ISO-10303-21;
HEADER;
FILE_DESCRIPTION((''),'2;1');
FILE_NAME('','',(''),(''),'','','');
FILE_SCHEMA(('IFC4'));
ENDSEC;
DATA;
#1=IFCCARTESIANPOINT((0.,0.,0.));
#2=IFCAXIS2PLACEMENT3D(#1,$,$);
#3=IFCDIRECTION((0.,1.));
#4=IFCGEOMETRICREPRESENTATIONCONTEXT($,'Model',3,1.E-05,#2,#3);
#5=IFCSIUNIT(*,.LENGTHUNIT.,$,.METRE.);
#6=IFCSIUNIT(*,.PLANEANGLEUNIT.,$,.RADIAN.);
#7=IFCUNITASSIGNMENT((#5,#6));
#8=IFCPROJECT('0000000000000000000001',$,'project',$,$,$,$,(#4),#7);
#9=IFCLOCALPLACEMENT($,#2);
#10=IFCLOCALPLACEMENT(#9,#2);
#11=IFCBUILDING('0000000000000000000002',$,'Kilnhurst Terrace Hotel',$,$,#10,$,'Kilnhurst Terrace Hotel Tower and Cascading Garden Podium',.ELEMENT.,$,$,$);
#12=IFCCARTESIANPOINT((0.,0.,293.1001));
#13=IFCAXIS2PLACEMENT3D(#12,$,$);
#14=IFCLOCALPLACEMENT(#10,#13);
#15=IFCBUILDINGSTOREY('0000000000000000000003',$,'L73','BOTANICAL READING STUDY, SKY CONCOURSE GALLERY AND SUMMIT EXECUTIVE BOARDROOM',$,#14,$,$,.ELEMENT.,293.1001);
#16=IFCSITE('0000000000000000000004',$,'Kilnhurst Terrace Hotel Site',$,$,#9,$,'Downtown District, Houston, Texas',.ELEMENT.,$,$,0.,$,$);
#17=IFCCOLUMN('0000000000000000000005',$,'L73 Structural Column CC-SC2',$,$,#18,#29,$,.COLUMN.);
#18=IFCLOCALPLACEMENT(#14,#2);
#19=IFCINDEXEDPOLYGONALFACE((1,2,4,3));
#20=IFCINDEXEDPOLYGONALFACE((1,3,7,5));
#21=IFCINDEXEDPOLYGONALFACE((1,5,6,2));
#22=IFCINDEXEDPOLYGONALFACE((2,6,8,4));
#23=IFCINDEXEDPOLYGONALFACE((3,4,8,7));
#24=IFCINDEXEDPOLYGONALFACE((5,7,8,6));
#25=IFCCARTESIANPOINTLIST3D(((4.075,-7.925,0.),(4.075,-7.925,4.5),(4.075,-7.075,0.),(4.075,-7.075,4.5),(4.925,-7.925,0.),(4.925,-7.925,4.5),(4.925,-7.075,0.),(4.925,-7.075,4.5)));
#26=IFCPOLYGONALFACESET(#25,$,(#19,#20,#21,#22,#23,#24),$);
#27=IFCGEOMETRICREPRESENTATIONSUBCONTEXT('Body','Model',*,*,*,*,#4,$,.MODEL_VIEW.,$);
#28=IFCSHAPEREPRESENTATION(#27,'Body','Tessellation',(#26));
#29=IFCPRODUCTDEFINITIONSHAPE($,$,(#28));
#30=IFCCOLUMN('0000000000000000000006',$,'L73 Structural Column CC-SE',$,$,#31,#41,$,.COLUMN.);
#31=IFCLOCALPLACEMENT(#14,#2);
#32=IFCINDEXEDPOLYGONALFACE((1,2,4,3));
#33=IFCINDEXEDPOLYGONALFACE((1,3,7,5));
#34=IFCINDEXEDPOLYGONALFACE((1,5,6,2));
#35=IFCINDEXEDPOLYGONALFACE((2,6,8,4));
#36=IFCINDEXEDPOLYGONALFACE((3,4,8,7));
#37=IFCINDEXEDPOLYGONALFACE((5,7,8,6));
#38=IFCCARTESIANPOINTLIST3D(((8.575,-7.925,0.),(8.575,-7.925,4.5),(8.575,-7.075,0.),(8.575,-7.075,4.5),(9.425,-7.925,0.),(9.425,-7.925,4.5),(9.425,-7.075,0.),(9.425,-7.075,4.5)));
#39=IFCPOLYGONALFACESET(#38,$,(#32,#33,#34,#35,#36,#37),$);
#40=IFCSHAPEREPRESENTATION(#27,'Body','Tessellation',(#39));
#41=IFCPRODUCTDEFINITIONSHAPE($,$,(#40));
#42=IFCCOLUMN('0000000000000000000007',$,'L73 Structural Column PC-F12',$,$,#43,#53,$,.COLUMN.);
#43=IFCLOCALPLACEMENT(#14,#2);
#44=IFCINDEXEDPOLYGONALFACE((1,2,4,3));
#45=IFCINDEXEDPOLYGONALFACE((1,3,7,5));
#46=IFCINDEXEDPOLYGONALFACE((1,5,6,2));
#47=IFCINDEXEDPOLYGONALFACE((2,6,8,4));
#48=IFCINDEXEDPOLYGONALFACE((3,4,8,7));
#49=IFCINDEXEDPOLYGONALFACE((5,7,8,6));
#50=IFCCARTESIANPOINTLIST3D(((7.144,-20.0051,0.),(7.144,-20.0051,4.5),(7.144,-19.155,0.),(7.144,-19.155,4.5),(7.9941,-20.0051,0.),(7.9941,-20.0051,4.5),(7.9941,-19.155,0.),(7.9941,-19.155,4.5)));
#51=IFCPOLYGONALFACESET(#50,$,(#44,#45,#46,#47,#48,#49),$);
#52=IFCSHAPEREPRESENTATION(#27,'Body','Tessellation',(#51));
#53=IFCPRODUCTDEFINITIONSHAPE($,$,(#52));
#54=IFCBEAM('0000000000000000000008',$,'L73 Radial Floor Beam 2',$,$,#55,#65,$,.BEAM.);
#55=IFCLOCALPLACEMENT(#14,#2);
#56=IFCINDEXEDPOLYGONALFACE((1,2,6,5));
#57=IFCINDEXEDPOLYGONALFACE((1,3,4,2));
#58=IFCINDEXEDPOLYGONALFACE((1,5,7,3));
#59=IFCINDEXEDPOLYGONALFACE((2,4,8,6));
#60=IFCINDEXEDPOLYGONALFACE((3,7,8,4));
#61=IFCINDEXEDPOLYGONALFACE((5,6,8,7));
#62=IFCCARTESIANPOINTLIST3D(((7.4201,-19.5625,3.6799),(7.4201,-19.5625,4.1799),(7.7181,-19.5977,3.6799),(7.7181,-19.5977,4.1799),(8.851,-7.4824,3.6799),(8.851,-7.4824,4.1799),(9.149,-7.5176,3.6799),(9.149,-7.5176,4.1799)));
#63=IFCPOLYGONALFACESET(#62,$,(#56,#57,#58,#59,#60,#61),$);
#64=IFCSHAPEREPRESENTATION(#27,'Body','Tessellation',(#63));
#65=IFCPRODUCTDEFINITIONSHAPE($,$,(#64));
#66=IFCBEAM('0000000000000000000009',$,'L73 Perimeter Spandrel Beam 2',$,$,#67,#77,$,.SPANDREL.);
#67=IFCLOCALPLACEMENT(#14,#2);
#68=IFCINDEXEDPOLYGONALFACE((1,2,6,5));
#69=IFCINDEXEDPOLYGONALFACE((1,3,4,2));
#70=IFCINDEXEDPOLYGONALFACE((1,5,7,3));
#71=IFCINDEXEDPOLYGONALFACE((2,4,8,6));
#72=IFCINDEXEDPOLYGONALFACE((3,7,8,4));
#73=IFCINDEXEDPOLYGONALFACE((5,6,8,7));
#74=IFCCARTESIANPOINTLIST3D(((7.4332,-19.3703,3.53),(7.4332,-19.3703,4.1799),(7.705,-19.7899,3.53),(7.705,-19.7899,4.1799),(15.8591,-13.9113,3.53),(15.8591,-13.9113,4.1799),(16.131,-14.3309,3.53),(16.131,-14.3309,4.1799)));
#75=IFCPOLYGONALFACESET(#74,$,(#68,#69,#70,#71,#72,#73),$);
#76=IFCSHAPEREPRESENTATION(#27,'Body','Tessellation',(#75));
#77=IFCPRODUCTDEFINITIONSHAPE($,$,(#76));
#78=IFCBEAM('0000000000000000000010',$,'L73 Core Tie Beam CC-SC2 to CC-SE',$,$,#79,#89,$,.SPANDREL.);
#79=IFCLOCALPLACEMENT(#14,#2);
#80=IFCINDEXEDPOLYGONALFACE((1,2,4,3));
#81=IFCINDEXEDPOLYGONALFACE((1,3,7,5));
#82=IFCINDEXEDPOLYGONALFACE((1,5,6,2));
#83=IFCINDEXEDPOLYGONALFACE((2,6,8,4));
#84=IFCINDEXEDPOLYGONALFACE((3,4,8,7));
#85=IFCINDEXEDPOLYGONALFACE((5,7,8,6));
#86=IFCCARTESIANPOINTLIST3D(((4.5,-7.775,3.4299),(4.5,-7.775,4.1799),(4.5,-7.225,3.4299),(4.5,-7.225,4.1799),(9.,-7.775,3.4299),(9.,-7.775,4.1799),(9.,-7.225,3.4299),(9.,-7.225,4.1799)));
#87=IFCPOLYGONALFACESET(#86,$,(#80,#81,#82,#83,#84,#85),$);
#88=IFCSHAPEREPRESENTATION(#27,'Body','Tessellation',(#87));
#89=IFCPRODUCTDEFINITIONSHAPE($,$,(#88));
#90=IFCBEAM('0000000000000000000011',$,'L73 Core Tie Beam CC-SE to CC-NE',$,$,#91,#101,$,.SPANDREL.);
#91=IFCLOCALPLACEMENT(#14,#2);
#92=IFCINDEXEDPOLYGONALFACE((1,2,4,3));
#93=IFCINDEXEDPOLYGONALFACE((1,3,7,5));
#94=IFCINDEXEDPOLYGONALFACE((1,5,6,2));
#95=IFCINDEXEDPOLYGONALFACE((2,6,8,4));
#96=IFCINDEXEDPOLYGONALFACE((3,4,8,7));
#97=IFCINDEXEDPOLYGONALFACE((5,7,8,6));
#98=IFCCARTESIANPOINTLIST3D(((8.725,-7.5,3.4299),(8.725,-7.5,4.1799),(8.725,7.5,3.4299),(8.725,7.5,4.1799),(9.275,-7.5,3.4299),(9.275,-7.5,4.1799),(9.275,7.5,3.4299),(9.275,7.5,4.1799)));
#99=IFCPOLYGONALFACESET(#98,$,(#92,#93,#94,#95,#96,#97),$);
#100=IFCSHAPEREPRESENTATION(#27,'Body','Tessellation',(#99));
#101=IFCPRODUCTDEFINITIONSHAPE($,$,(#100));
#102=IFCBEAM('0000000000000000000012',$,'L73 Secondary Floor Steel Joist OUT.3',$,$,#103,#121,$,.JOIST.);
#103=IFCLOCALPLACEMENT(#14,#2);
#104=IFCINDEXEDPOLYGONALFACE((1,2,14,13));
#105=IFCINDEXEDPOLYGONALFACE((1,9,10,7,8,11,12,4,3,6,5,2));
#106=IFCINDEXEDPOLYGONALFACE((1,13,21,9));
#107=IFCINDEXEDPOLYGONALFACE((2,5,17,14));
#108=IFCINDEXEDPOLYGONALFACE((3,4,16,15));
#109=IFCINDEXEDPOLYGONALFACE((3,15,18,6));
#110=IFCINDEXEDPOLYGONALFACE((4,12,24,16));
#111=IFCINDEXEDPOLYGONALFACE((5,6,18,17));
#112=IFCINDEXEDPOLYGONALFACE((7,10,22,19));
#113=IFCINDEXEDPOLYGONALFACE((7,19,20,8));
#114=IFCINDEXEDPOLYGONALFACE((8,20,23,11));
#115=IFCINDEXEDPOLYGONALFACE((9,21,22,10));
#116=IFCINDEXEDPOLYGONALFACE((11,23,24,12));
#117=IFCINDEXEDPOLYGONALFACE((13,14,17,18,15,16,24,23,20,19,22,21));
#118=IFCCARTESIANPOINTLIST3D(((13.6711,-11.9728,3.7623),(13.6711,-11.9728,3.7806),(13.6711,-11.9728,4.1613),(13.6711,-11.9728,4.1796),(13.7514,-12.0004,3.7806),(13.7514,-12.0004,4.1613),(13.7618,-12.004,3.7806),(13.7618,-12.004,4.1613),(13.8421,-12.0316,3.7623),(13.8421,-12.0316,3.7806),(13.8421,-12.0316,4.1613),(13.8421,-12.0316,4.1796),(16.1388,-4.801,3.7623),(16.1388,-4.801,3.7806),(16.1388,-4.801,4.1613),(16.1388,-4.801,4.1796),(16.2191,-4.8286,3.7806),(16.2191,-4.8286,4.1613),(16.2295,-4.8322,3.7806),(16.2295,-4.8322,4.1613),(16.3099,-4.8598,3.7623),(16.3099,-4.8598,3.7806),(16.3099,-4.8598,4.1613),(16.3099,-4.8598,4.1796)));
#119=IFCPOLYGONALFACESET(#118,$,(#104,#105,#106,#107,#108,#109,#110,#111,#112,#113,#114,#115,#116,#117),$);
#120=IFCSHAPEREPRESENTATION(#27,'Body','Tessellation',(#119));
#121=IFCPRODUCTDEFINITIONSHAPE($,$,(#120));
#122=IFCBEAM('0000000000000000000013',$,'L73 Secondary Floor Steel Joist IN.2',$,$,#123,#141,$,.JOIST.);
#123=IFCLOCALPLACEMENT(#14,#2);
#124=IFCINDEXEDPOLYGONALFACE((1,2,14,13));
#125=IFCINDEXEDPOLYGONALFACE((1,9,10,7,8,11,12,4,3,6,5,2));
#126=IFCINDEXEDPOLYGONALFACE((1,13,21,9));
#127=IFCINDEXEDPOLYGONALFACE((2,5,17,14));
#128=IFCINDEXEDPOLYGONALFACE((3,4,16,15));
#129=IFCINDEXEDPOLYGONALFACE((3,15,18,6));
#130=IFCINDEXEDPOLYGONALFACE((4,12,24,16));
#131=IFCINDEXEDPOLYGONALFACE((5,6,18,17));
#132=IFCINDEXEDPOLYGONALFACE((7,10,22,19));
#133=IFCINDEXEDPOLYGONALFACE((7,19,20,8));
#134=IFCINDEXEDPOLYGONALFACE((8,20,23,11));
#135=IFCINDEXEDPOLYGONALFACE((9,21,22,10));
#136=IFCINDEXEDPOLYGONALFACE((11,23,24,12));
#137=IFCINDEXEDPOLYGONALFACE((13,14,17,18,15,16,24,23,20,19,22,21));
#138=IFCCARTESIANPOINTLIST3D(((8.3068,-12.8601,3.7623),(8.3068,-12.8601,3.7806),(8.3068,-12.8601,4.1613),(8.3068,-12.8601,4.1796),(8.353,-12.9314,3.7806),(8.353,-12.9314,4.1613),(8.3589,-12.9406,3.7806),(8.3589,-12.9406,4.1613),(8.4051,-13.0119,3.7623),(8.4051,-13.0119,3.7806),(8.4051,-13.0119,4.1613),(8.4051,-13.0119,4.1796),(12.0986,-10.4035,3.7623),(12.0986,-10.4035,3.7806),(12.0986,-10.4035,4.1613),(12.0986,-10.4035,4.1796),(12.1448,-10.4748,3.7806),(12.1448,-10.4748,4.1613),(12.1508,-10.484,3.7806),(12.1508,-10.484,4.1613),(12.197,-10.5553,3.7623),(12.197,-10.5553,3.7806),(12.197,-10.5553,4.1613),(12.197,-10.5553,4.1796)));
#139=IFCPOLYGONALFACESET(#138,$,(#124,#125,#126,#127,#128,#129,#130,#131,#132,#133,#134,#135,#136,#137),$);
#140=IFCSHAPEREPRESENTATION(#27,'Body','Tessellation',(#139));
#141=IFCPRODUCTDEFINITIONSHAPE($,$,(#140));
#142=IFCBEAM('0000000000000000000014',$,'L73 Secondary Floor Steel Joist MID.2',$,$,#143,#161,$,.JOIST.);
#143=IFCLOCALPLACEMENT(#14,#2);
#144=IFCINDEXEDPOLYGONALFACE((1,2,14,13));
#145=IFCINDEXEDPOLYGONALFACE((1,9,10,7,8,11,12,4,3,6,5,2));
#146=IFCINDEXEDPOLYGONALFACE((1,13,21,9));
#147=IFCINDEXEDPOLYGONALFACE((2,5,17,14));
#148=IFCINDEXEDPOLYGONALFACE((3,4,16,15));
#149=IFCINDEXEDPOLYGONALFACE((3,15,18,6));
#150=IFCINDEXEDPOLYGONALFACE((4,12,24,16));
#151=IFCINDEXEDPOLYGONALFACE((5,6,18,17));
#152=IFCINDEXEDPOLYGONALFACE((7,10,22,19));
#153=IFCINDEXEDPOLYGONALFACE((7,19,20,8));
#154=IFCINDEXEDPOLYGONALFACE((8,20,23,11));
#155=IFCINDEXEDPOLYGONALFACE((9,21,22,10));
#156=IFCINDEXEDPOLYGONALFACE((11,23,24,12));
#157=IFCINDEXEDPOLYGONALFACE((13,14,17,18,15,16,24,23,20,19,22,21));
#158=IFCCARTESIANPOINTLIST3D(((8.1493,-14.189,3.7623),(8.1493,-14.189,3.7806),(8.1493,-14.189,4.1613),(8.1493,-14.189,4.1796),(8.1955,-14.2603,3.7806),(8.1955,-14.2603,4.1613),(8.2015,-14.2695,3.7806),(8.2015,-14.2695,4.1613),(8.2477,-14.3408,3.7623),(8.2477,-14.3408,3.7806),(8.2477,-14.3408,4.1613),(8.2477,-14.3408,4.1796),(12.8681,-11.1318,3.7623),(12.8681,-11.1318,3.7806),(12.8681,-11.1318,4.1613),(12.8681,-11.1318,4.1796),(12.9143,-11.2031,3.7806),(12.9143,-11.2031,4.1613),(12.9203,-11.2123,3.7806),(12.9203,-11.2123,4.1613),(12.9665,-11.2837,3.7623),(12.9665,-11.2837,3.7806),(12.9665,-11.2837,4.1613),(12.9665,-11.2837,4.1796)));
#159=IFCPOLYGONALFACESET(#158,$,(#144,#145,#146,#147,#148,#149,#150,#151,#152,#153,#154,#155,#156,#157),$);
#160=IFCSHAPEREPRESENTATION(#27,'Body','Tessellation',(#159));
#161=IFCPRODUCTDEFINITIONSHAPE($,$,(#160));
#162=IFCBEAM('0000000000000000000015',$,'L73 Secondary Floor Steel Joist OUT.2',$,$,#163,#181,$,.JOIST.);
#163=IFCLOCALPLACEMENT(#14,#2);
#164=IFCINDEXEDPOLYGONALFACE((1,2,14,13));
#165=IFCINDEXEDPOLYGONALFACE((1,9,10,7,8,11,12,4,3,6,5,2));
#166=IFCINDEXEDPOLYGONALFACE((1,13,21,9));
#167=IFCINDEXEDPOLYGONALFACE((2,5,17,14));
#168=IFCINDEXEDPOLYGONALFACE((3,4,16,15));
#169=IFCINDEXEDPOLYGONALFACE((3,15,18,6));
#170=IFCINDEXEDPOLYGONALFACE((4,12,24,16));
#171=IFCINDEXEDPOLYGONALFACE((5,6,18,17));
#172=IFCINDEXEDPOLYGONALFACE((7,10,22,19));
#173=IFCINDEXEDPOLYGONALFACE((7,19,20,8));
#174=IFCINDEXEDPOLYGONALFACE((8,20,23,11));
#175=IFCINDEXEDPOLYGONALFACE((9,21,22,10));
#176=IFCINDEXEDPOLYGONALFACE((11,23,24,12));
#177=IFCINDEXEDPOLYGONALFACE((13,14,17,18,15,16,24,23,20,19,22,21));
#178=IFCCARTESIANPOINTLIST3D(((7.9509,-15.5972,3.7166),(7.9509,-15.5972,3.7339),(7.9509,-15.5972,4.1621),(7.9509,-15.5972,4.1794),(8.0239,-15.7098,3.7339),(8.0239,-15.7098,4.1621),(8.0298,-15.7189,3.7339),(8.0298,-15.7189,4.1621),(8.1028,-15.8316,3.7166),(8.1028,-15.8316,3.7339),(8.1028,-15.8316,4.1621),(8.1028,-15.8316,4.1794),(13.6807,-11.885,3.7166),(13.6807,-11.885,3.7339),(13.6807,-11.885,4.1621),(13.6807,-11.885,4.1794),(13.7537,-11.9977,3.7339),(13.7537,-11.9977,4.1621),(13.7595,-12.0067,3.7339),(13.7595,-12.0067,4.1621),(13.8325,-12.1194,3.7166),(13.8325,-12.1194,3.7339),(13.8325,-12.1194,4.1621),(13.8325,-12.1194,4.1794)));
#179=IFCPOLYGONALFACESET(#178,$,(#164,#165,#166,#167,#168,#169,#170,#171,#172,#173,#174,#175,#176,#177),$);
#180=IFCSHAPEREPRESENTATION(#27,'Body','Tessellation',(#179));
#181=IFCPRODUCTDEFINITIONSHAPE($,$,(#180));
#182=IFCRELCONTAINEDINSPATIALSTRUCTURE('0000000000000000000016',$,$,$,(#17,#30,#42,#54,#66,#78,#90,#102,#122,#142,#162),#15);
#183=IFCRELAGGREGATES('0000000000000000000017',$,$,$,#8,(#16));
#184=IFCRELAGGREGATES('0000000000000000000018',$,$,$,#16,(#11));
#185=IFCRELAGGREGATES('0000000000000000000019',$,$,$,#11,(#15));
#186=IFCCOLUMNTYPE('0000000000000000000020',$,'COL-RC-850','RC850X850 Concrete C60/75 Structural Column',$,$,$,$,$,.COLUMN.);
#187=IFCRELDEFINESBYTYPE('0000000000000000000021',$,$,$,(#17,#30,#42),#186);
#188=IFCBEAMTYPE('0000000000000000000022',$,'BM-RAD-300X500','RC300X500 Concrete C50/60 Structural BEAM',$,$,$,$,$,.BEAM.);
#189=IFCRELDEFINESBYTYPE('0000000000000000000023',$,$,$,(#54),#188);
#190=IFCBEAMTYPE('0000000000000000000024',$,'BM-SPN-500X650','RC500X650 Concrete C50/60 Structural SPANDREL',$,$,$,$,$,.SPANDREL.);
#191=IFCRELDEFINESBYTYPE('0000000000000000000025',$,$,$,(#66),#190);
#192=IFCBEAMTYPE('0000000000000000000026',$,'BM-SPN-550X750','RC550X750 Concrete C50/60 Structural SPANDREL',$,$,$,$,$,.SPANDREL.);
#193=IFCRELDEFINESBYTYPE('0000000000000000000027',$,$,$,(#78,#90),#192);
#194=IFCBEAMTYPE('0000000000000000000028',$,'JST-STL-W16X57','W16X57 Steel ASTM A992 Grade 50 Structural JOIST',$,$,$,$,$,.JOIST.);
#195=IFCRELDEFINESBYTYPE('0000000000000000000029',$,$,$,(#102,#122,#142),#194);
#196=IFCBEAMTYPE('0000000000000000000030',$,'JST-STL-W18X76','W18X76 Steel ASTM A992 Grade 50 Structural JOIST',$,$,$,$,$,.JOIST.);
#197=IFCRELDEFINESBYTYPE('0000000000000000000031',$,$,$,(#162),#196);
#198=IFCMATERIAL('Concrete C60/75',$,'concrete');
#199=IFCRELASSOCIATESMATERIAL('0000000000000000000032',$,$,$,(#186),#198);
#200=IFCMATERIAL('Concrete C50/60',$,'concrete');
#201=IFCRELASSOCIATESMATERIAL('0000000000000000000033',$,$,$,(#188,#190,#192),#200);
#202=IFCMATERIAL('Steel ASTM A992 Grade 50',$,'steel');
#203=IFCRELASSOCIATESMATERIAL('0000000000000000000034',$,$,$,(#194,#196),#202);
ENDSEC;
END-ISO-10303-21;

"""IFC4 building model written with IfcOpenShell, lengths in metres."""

from ifc_helpers import new_model, si_unit, direction, frame, origin, origin_2d, place, context, subcontext, project, spatial, rectangle, i_section, extrude, material, material_profile, profile_set, type_object, element, save


model = new_model("IFC4")

# Units and contexts
model_context = context("Model", 3, precision=1e-05, world=origin(), true_north=direction((0.0, 1.0)))
body_context = subcontext(model_context, "Body", "Model", "MODEL_VIEW")
ifc_project = project(units=[si_unit("LENGTHUNIT", "METRE"), si_unit("PLANEANGLEUNIT", "RADIAN")], contexts=[model_context])

# Site, building, storey
site_placement = place(None, origin())
site = spatial("IfcSite", under=ifc_project, at=site_placement, Name="Kilnhurst Terrace Hotel Site", LongName="Downtown District, Houston, Texas", CompositionType="ELEMENT", RefElevation=0.0)
building_placement = place(site_placement, origin())
building = spatial("IfcBuilding", under=site, at=building_placement, Name="Kilnhurst Terrace Hotel", LongName="Kilnhurst Terrace Hotel Tower and Cascading Garden Podium", CompositionType="ELEMENT")
storey_placement = place(building_placement, frame((0.0, 0.0, 293.1001)))
storey = spatial("IfcBuildingStorey", under=building, at=storey_placement, Name="L73", Description="BOTANICAL READING STUDY, SKY CONCOURSE GALLERY AND SUMMIT EXECUTIVE BOARDROOM", CompositionType="ELEMENT", Elevation=293.1001)

# Columns
ifc_material_1 = material(Name="Concrete C60/75", Category="concrete")
ifc_material_profile_1 = material_profile(ifc_material_1, rectangle(XDim=0.8501, YDim=0.8501, at=origin_2d()), Name="RC850X850")
ifc_profile_set_1 = profile_set([ifc_material_profile_1], Name="Concrete C60/75")
column_type = type_object("IfcColumnType", Name="COL-RC-850", Description="RC850X850 Concrete C60/75 Structural Column", PredefinedType="COLUMN", material=ifc_profile_set_1)
for number, where, z_axis, x_axis, name in (
    (1, (4.5, -7.5, 0.0), (0.0, 0.0, 1.0), (1.0, 0.0, 0.0), "L73 Structural Column CC-SC2"),
    (2, (9.0, -7.5, 0.0), (0.0, 0.0, 1.0), (1.0, 0.0, 0.0), "L73 Structural Column CC-SE"),
    (3, (7.5691, -19.5801, 0.0), (0.0, 0.0, 1.0), (1.0, 0.0, 0.0), "L73 Structural Column PC-F12"),
):
    element("IfcColumn", number, at=place(storey_placement, frame(where, z_axis=z_axis, x_axis=x_axis)), inside=storey, type_object=column_type, Name=name, PredefinedType="COLUMN", context=body_context, shape_type="SweptSolid", body=[
        extrude(rectangle(XDim=0.8501, YDim=0.8501, at=origin_2d()), origin(), (0.0, 0.0, 1.0), 4.5),
    ])

# Beams
ifc_material_2 = material(Name="Concrete C50/60", Category="concrete")
ifc_material_profile_2 = material_profile(ifc_material_2, rectangle(XDim=0.3, YDim=0.5, at=origin_2d()), Name="RC300X500")
ifc_profile_set_2 = profile_set([ifc_material_profile_2], Name="Concrete C50/60")
beam_type_1 = type_object("IfcBeamType", Name="BM-RAD-300X500", Description="RC300X500 Concrete C50/60 Structural BEAM", PredefinedType="BEAM", material=ifc_profile_set_2)
beam_1_placement = place(storey_placement, frame((9.0, -7.5, 3.9299), z_axis=(-0.11763, -0.993058, 0.0), x_axis=(0.993058, -0.11763, 0.0)))
element("IfcBeam", 4, at=beam_1_placement, inside=storey, type_object=beam_type_1, Name="L73 Radial Floor Beam 2", PredefinedType="BEAM", context=body_context, shape_type="SweptSolid", body=[
    extrude(rectangle(XDim=0.3, YDim=0.5, at=origin_2d()), origin(), (0.0, 0.0, 1.0), 12.1646),
])
ifc_material_profile_3 = material_profile(ifc_material_2, rectangle(XDim=0.5, YDim=0.6499, at=origin_2d()), Name="RC500X650")
ifc_profile_set_3 = profile_set([ifc_material_profile_3], Name="Concrete C50/60")
beam_type_2 = type_object("IfcBeamType", Name="BM-SPN-500X650", Description="RC500X650 Concrete C50/60 Structural SPANDREL", PredefinedType="SPANDREL", material=ifc_profile_set_3)
beam_2_placement = place(storey_placement, frame((7.5691, -19.5801, 3.855), z_axis=(0.839259, 0.543732, 0.0), x_axis=(-0.543732, 0.839259, 0.0)))
element("IfcBeam", 5, at=beam_2_placement, inside=storey, type_object=beam_type_2, Name="L73 Perimeter Spandrel Beam 2", PredefinedType="SPANDREL", context=body_context, shape_type="SweptSolid", body=[
    extrude(rectangle(XDim=0.5, YDim=0.6499, at=origin_2d()), origin(), (0.0, 0.0, 1.0), 10.0398),
])
ifc_material_profile_4 = material_profile(ifc_material_2, rectangle(XDim=0.55, YDim=0.75, at=origin_2d()), Name="RC550X750")
ifc_profile_set_4 = profile_set([ifc_material_profile_4], Name="Concrete C50/60")
beam_type_3 = type_object("IfcBeamType", Name="BM-SPN-550X750", Description="RC550X750 Concrete C50/60 Structural SPANDREL", PredefinedType="SPANDREL", material=ifc_profile_set_4)
beam_3_placement = place(storey_placement, frame((4.5, -7.5, 3.8049), z_axis=(1.0, 0.0, 0.0), x_axis=(0.0, 1.0, 0.0)))
element("IfcBeam", 6, at=beam_3_placement, inside=storey, type_object=beam_type_3, Name="L73 Core Tie Beam CC-SC2 to CC-SE", PredefinedType="SPANDREL", context=body_context, shape_type="SweptSolid", body=[
    extrude(rectangle(XDim=0.55, YDim=0.75, at=origin_2d()), origin(), (0.0, 0.0, 1.0), 4.5),
])
beam_4_placement = place(storey_placement, frame((9.0, -7.5, 3.8049), z_axis=(0.0, 1.0, 0.0), x_axis=(-1.0, 0.0, 0.0)))
element("IfcBeam", 7, at=beam_4_placement, inside=storey, type_object=beam_type_3, Name="L73 Core Tie Beam CC-SE to CC-NE", PredefinedType="SPANDREL", context=body_context, shape_type="SweptSolid", body=[
    extrude(rectangle(XDim=0.55, YDim=0.75, at=origin_2d()), origin(), (0.0, 0.0, 1.0), 15.0),
])
ifc_material_3 = material(Name="Steel ASTM A992 Grade 50", Category="steel")
ifc_material_profile_5 = material_profile(ifc_material_3, i_section(OverallWidth=0.1809, OverallDepth=0.4172, WebThickness=0.011, FlangeThickness=0.0183, at=origin_2d()), Name="W16X57")
ifc_profile_set_5 = profile_set([ifc_material_profile_5], Name="Steel ASTM A992 Grade 50")
beam_type_4 = type_object("IfcBeamType", Name="JST-STL-W16X57", Description="W16X57 Steel ASTM A992 Grade 50 Structural JOIST", PredefinedType="JOIST", material=ifc_profile_set_5)
beam_5_placement = place(storey_placement, frame((13.7566, -12.0022, 3.9709), z_axis=(0.325368, 0.945588, 0.0), x_axis=(-0.945588, 0.325368, 0.0)))
element("IfcBeam", 8, at=beam_5_placement, inside=storey, type_object=beam_type_4, Name="L73 Secondary Floor Steel Joist OUT.3", PredefinedType="JOIST", context=body_context, shape_type="SweptSolid", body=[
    extrude(i_section(OverallWidth=0.1809, OverallDepth=0.4172, WebThickness=0.011, FlangeThickness=0.0183, at=origin_2d()), origin(), (0.0, 0.0, 1.0), 7.5845),
])
beam_6_placement = place(storey_placement, frame((8.356, -12.936, 3.9709), z_axis=(0.839261, 0.543728, 0.0), x_axis=(-0.543728, 0.839261, 0.0)))
element("IfcBeam", 9, at=beam_6_placement, inside=storey, type_object=beam_type_4, Name="L73 Secondary Floor Steel Joist IN.2", PredefinedType="JOIST", context=body_context, shape_type="SweptSolid", body=[
    extrude(i_section(OverallWidth=0.1809, OverallDepth=0.4172, WebThickness=0.011, FlangeThickness=0.0183, at=origin_2d()), origin(), (0.0, 0.0, 1.0), 4.5181),
])
beam_7_placement = place(storey_placement, frame((8.1985, -14.2649, 3.9709), z_axis=(0.83926, 0.54373, 0.0), x_axis=(-0.54373, 0.83926, 0.0)))
element("IfcBeam", 10, at=beam_7_placement, inside=storey, type_object=beam_type_4, Name="L73 Secondary Floor Steel Joist MID.2", PredefinedType="JOIST", context=body_context, shape_type="SweptSolid", body=[
    extrude(i_section(OverallWidth=0.1809, OverallDepth=0.4172, WebThickness=0.011, FlangeThickness=0.0183, at=origin_2d()), origin(), (0.0, 0.0, 1.0), 5.6226),
])
ifc_material_profile_6 = material_profile(ifc_material_3, i_section(OverallWidth=0.2793, OverallDepth=0.4629, WebThickness=0.0107, FlangeThickness=0.0173, at=origin_2d()), Name="W18X76")
ifc_profile_set_6 = profile_set([ifc_material_profile_6], Name="Steel ASTM A992 Grade 50")
beam_type_5 = type_object("IfcBeamType", Name="JST-STL-W18X76", Description="W18X76 Steel ASTM A992 Grade 50 Structural JOIST", PredefinedType="JOIST", material=ifc_profile_set_6)
beam_8_placement = place(storey_placement, frame((8.0269, -15.7144, 3.948), z_axis=(0.839257, 0.543735, 0.0), x_axis=(-0.543735, 0.839257, 0.0)))
element("IfcBeam", 11, at=beam_8_placement, inside=storey, type_object=beam_type_5, Name="L73 Secondary Floor Steel Joist OUT.2", PredefinedType="JOIST", context=body_context, shape_type="SweptSolid", body=[
    extrude(i_section(OverallWidth=0.2793, OverallDepth=0.4629, WebThickness=0.0107, FlangeThickness=0.0173, at=origin_2d()), origin(), (0.0, 0.0, 1.0), 6.8271),
])

save(model, "model.ifc")
